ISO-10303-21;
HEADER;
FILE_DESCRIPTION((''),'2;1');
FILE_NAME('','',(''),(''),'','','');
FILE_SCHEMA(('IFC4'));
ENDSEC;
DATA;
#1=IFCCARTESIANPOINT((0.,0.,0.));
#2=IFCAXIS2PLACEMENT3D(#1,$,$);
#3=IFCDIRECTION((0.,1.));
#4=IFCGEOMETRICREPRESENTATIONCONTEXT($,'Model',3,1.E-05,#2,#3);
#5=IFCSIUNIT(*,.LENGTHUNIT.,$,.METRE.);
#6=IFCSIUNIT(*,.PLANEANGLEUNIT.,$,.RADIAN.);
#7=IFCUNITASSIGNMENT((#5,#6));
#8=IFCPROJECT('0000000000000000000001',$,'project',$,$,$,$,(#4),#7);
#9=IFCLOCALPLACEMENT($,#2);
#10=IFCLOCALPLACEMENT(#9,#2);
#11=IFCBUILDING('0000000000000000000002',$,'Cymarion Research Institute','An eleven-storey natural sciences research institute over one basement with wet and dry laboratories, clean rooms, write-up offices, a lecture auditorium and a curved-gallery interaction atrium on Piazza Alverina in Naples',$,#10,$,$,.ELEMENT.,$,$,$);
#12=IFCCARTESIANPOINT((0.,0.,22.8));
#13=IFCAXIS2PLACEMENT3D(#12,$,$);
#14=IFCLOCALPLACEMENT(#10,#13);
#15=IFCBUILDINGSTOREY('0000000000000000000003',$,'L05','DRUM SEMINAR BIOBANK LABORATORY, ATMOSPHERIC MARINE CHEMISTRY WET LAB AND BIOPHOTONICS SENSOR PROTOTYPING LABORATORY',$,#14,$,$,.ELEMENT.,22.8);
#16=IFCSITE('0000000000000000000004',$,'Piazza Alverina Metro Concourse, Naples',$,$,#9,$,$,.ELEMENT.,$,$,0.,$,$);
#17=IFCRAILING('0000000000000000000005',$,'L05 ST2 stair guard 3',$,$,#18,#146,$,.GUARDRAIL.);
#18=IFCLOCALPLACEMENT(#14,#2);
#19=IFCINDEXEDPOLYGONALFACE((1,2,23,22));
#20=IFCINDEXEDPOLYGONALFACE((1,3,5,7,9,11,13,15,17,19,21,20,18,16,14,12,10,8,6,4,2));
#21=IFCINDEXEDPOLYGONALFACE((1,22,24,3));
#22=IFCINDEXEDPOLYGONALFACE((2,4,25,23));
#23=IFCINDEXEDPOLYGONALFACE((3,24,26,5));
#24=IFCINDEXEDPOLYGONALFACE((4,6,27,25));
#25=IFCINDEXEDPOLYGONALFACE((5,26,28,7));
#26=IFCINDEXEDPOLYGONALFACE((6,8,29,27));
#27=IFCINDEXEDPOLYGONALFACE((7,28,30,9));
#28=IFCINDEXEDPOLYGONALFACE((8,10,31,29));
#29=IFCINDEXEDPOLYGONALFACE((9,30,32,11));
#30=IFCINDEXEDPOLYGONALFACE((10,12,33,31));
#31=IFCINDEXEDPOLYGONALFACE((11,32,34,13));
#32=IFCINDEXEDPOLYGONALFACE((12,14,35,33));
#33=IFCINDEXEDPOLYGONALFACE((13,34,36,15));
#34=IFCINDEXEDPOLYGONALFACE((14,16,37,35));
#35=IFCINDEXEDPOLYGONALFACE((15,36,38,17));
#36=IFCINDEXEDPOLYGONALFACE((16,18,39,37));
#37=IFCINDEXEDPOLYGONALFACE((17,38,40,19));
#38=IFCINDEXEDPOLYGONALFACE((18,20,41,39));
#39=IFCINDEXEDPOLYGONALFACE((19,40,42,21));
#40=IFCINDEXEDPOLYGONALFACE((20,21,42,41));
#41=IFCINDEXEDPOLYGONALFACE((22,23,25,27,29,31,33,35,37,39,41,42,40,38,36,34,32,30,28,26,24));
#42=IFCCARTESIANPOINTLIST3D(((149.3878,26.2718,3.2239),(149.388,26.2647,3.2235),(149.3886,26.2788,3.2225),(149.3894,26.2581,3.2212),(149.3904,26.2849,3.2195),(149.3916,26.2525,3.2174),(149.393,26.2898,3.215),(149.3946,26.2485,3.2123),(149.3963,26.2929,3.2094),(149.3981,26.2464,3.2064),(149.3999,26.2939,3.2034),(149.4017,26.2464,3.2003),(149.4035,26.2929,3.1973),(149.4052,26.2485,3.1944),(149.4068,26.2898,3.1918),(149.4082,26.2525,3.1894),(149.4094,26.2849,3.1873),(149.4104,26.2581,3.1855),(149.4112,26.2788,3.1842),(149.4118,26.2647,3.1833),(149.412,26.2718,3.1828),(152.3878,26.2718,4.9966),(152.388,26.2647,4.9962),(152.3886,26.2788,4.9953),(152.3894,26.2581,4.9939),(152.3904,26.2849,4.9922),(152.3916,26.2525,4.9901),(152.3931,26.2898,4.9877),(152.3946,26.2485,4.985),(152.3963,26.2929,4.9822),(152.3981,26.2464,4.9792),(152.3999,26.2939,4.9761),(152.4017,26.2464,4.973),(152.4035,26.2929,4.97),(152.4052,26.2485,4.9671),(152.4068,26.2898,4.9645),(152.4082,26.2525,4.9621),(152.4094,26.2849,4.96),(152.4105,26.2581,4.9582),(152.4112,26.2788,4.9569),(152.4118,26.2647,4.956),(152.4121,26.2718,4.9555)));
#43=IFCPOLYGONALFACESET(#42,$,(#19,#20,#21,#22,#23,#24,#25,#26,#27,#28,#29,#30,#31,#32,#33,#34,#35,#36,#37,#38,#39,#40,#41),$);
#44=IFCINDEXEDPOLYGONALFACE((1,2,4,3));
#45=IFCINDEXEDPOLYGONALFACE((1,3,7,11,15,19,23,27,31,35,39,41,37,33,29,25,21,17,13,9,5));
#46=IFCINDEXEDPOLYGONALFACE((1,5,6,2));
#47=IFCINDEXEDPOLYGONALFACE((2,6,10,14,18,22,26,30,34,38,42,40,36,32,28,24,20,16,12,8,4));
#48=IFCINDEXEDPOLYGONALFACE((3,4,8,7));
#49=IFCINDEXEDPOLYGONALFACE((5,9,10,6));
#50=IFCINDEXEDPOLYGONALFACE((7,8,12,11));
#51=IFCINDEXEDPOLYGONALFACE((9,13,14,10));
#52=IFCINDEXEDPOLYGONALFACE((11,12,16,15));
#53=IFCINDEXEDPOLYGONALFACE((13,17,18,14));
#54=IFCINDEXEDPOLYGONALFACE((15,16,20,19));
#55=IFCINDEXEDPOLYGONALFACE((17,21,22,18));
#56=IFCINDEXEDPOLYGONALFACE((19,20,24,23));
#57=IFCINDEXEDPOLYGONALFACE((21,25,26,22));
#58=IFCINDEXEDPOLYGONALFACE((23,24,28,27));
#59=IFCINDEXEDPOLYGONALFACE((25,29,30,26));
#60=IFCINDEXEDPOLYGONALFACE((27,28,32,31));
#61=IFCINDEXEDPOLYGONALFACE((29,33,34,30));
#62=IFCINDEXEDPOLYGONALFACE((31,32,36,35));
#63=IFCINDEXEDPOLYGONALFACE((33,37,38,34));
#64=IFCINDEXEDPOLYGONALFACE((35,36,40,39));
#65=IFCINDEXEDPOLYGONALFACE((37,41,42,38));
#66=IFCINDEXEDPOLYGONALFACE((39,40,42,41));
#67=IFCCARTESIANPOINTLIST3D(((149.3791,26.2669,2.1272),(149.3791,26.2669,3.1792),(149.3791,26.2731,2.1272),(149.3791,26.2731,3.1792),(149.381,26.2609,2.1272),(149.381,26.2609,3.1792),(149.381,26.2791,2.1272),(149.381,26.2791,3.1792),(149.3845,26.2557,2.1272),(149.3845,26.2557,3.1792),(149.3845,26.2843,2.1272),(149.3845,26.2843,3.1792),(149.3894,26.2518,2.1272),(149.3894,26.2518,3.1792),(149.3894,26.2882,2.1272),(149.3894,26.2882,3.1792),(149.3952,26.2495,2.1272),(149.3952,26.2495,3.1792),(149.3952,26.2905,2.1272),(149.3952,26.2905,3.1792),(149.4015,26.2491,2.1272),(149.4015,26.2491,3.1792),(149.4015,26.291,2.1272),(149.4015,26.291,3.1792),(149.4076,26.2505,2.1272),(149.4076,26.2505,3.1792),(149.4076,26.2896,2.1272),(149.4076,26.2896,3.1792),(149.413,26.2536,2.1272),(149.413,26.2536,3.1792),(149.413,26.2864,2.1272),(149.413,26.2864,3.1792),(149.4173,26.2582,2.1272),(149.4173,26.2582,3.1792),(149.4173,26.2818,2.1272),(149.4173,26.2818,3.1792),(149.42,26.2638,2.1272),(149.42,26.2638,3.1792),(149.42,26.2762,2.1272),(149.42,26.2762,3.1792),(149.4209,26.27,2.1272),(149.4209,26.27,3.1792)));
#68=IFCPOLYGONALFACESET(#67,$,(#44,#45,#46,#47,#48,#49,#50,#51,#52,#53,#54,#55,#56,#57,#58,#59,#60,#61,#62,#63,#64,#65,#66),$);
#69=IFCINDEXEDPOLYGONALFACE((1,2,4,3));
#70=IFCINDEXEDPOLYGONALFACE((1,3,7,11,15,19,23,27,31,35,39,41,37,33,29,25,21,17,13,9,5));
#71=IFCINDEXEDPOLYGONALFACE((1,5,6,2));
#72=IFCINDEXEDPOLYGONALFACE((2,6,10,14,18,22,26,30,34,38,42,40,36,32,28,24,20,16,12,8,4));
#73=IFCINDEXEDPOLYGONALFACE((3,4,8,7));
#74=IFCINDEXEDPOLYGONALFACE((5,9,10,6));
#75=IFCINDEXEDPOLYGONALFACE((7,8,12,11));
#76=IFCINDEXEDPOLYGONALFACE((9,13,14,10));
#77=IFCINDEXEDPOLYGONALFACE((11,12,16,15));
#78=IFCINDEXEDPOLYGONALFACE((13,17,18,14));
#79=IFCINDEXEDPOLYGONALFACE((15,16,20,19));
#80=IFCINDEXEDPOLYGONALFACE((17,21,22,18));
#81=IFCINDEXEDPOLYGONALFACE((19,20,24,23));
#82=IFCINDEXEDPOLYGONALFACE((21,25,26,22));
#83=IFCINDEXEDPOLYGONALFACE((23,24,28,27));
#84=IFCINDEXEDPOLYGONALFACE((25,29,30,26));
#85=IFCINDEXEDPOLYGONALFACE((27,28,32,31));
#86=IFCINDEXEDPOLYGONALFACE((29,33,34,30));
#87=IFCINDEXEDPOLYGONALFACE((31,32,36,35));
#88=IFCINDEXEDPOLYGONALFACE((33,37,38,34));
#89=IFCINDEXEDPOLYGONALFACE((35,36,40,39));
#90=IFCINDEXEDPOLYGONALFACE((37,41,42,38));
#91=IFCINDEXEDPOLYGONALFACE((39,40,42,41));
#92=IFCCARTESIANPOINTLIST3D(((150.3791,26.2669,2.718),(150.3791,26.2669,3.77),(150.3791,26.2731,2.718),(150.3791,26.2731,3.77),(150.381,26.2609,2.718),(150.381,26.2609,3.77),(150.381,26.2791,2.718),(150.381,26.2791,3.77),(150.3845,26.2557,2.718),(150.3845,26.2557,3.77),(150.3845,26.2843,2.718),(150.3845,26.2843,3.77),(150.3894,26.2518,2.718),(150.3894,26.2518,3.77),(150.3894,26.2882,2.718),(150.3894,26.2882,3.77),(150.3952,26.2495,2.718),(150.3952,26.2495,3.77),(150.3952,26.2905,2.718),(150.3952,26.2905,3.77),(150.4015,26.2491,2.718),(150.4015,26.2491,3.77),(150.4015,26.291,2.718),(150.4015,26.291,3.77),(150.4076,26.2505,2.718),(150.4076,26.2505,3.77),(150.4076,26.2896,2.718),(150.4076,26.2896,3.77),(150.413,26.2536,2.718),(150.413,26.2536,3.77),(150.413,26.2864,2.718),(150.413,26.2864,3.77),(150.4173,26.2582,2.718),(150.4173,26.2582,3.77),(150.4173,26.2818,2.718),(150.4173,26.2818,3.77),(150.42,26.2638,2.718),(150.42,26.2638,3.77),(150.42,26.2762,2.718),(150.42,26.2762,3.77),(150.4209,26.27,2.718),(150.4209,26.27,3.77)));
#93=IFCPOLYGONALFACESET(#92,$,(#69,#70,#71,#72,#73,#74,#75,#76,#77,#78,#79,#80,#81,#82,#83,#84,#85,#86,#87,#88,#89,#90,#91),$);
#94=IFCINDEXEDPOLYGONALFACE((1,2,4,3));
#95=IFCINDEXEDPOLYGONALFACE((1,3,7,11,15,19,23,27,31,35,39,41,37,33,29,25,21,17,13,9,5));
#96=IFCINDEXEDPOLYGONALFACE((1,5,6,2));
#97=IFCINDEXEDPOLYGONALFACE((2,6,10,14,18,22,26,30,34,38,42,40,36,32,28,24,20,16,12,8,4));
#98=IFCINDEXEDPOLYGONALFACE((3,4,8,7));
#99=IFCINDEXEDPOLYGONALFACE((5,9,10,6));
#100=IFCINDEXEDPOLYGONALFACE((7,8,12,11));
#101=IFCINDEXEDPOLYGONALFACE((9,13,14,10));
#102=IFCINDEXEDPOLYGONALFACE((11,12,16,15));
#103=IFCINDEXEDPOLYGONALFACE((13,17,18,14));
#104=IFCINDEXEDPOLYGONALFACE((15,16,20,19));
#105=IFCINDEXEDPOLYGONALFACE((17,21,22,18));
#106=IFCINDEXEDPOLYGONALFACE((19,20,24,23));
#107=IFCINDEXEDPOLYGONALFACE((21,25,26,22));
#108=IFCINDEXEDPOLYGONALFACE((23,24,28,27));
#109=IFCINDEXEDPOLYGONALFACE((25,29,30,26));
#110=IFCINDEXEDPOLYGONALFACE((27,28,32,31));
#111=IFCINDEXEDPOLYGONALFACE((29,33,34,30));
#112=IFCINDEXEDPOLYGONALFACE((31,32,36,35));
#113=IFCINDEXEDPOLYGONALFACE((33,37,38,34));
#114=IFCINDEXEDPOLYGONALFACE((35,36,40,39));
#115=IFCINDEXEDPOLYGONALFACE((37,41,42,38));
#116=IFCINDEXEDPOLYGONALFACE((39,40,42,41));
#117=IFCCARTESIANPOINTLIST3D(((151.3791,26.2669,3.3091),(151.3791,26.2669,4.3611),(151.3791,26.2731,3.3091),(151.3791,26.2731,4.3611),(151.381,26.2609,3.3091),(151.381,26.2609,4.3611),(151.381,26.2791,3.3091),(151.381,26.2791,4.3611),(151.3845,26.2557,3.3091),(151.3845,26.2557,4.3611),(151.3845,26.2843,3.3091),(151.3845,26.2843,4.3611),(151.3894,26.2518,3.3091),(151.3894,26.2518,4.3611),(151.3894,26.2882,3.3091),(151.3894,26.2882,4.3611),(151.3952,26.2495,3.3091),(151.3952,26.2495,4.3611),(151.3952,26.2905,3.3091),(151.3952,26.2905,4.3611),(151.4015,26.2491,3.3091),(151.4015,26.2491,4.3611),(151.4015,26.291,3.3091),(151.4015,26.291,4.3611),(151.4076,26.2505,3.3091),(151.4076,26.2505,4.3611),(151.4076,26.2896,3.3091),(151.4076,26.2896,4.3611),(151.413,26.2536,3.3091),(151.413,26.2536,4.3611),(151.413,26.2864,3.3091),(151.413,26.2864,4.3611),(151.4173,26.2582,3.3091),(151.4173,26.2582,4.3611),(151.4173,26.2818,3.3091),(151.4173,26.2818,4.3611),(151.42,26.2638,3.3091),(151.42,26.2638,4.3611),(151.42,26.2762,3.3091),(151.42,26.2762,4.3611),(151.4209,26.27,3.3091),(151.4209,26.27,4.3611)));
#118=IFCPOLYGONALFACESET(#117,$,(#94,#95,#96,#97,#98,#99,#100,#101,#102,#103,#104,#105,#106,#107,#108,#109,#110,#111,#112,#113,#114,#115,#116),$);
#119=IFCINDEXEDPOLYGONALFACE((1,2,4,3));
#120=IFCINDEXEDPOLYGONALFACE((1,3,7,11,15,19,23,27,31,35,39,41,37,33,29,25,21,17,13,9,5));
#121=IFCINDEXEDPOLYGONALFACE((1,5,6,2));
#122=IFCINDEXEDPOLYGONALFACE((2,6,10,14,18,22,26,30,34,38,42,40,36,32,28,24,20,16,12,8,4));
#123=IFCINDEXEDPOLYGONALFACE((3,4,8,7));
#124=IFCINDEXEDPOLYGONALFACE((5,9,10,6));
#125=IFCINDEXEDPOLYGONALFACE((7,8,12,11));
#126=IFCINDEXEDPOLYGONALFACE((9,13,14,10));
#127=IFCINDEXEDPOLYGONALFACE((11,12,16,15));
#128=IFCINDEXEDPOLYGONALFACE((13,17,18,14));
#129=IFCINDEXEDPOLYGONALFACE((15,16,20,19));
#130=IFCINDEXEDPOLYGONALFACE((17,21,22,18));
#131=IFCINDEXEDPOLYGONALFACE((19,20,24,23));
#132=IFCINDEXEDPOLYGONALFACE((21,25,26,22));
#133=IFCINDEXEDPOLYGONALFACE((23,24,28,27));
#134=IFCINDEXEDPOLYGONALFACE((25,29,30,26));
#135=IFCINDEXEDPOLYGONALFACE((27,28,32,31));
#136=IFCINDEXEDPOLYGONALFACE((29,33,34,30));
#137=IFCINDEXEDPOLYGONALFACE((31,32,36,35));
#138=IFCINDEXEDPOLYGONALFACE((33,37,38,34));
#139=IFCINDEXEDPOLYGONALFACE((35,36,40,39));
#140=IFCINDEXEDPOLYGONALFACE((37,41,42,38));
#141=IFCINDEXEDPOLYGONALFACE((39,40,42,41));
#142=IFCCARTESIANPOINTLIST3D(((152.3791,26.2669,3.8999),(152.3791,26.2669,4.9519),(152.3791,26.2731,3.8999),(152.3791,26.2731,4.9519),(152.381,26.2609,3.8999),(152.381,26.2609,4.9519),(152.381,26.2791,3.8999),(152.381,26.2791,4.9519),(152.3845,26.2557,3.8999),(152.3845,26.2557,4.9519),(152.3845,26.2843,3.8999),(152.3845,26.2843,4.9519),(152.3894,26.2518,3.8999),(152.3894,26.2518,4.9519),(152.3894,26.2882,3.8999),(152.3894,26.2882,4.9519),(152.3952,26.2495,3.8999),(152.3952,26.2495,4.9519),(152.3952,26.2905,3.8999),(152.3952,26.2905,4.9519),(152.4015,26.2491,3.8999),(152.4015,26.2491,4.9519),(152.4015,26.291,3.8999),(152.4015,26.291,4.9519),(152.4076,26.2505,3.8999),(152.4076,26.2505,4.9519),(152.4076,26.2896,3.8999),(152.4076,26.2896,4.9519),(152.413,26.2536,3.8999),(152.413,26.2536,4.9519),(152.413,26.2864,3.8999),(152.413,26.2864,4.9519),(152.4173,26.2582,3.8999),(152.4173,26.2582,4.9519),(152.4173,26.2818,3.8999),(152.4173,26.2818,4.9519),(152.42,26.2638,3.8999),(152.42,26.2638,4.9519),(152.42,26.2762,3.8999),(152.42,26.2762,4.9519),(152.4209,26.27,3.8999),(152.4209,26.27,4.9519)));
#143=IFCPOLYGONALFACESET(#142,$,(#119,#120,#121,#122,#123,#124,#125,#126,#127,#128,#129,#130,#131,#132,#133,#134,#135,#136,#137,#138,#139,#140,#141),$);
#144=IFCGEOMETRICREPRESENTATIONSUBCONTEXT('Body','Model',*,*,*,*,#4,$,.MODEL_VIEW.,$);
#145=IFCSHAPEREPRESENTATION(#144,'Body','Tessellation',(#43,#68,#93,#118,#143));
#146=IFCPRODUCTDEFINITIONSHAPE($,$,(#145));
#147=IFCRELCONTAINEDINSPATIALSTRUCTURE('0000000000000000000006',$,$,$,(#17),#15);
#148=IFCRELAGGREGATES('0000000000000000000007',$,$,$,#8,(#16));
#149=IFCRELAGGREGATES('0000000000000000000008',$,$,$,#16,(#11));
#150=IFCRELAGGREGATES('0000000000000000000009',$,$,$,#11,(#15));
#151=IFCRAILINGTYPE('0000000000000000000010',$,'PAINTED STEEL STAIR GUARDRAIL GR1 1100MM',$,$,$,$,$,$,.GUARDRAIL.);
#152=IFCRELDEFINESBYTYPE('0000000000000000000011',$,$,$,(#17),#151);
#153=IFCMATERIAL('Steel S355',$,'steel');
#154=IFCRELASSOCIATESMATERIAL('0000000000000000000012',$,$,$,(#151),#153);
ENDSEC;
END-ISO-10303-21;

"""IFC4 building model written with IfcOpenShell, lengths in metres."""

from ifc_helpers import new_model, si_unit, direction, frame, origin, origin_2d, place, context, subcontext, project, spatial, circle, extrude, material, type_object, element, save


model = new_model("IFC4")

# Units and contexts
model_context = context("Model", 3, precision=1e-05, world=origin(), true_north=direction((0.0, 1.0)))
body_context = subcontext(model_context, "Body", "Model", "MODEL_VIEW")
ifc_project = project(units=[si_unit("LENGTHUNIT", "METRE"), si_unit("PLANEANGLEUNIT", "RADIAN")], contexts=[model_context])

# Site, building, storey
site_placement = place(None, origin())
site = spatial("IfcSite", under=ifc_project, at=site_placement, Name="Piazza Alverina Metro Concourse, Naples", CompositionType="ELEMENT", RefElevation=0.0)
building_placement = place(site_placement, origin())
building = spatial("IfcBuilding", under=site, at=building_placement, Name="Cymarion Research Institute", Description="An eleven-storey natural sciences research institute over one basement with wet and dry laboratories, clean rooms, write-up offices, a lecture auditorium and a curved-gallery interaction atrium on Piazza Alverina in Naples", CompositionType="ELEMENT")
storey_placement = place(building_placement, frame((0.0, 0.0, 22.8)))
storey = spatial("IfcBuildingStorey", under=building, at=storey_placement, Name="L05", Description="DRUM SEMINAR BIOBANK LABORATORY, ATMOSPHERIC MARINE CHEMISTRY WET LAB AND BIOPHOTONICS SENSOR PROTOTYPING LABORATORY", CompositionType="ELEMENT", Elevation=22.8)

# Shared definitions
ifc_material_1 = material(Name="Steel S355", Category="steel")

# Railing
railing_type_1 = type_object("IfcRailingType", Name="PAINTED STEEL STAIR GUARDRAIL GR1 1100MM", PredefinedType="GUARDRAIL", material=ifc_material_1)
railing_1_placement = place(storey_placement, frame((149.3999, 26.27, 2.1272)))
element("IfcRailing", 1, at=railing_1_placement, inside=storey, type_object=railing_type_1, Name="L05 ST2 stair guard 3", PredefinedType="GUARDRAIL", context=body_context, shape_type="SweptSolid", body=[
    extrude(circle(Radius=0.0239, at=origin_2d()), frame((0.0, 0.0, 1.0762), z_axis=(0.860929, 0.0, 0.508725), x_axis=(0.0, 1.0, 0.0)), (0.0, 0.0, 1.0), 3.4846),
    extrude(circle(Radius=0.021, at=origin_2d()), origin(), (0.0, 0.0, 1.0), 1.052),
    extrude(circle(Radius=0.021, at=origin_2d()), frame((1.0, 0.0, 0.5908)), (0.0, 0.0, 1.0), 1.052),
    extrude(circle(Radius=0.021, at=origin_2d()), frame((2.0, 0.0, 1.1819)), (0.0, 0.0, 1.0), 1.052),
    extrude(circle(Radius=0.021, at=origin_2d()), frame((3.0, 0.0, 1.7727)), (0.0, 0.0, 1.0), 1.052),
])

save(model, "model.ifc")
